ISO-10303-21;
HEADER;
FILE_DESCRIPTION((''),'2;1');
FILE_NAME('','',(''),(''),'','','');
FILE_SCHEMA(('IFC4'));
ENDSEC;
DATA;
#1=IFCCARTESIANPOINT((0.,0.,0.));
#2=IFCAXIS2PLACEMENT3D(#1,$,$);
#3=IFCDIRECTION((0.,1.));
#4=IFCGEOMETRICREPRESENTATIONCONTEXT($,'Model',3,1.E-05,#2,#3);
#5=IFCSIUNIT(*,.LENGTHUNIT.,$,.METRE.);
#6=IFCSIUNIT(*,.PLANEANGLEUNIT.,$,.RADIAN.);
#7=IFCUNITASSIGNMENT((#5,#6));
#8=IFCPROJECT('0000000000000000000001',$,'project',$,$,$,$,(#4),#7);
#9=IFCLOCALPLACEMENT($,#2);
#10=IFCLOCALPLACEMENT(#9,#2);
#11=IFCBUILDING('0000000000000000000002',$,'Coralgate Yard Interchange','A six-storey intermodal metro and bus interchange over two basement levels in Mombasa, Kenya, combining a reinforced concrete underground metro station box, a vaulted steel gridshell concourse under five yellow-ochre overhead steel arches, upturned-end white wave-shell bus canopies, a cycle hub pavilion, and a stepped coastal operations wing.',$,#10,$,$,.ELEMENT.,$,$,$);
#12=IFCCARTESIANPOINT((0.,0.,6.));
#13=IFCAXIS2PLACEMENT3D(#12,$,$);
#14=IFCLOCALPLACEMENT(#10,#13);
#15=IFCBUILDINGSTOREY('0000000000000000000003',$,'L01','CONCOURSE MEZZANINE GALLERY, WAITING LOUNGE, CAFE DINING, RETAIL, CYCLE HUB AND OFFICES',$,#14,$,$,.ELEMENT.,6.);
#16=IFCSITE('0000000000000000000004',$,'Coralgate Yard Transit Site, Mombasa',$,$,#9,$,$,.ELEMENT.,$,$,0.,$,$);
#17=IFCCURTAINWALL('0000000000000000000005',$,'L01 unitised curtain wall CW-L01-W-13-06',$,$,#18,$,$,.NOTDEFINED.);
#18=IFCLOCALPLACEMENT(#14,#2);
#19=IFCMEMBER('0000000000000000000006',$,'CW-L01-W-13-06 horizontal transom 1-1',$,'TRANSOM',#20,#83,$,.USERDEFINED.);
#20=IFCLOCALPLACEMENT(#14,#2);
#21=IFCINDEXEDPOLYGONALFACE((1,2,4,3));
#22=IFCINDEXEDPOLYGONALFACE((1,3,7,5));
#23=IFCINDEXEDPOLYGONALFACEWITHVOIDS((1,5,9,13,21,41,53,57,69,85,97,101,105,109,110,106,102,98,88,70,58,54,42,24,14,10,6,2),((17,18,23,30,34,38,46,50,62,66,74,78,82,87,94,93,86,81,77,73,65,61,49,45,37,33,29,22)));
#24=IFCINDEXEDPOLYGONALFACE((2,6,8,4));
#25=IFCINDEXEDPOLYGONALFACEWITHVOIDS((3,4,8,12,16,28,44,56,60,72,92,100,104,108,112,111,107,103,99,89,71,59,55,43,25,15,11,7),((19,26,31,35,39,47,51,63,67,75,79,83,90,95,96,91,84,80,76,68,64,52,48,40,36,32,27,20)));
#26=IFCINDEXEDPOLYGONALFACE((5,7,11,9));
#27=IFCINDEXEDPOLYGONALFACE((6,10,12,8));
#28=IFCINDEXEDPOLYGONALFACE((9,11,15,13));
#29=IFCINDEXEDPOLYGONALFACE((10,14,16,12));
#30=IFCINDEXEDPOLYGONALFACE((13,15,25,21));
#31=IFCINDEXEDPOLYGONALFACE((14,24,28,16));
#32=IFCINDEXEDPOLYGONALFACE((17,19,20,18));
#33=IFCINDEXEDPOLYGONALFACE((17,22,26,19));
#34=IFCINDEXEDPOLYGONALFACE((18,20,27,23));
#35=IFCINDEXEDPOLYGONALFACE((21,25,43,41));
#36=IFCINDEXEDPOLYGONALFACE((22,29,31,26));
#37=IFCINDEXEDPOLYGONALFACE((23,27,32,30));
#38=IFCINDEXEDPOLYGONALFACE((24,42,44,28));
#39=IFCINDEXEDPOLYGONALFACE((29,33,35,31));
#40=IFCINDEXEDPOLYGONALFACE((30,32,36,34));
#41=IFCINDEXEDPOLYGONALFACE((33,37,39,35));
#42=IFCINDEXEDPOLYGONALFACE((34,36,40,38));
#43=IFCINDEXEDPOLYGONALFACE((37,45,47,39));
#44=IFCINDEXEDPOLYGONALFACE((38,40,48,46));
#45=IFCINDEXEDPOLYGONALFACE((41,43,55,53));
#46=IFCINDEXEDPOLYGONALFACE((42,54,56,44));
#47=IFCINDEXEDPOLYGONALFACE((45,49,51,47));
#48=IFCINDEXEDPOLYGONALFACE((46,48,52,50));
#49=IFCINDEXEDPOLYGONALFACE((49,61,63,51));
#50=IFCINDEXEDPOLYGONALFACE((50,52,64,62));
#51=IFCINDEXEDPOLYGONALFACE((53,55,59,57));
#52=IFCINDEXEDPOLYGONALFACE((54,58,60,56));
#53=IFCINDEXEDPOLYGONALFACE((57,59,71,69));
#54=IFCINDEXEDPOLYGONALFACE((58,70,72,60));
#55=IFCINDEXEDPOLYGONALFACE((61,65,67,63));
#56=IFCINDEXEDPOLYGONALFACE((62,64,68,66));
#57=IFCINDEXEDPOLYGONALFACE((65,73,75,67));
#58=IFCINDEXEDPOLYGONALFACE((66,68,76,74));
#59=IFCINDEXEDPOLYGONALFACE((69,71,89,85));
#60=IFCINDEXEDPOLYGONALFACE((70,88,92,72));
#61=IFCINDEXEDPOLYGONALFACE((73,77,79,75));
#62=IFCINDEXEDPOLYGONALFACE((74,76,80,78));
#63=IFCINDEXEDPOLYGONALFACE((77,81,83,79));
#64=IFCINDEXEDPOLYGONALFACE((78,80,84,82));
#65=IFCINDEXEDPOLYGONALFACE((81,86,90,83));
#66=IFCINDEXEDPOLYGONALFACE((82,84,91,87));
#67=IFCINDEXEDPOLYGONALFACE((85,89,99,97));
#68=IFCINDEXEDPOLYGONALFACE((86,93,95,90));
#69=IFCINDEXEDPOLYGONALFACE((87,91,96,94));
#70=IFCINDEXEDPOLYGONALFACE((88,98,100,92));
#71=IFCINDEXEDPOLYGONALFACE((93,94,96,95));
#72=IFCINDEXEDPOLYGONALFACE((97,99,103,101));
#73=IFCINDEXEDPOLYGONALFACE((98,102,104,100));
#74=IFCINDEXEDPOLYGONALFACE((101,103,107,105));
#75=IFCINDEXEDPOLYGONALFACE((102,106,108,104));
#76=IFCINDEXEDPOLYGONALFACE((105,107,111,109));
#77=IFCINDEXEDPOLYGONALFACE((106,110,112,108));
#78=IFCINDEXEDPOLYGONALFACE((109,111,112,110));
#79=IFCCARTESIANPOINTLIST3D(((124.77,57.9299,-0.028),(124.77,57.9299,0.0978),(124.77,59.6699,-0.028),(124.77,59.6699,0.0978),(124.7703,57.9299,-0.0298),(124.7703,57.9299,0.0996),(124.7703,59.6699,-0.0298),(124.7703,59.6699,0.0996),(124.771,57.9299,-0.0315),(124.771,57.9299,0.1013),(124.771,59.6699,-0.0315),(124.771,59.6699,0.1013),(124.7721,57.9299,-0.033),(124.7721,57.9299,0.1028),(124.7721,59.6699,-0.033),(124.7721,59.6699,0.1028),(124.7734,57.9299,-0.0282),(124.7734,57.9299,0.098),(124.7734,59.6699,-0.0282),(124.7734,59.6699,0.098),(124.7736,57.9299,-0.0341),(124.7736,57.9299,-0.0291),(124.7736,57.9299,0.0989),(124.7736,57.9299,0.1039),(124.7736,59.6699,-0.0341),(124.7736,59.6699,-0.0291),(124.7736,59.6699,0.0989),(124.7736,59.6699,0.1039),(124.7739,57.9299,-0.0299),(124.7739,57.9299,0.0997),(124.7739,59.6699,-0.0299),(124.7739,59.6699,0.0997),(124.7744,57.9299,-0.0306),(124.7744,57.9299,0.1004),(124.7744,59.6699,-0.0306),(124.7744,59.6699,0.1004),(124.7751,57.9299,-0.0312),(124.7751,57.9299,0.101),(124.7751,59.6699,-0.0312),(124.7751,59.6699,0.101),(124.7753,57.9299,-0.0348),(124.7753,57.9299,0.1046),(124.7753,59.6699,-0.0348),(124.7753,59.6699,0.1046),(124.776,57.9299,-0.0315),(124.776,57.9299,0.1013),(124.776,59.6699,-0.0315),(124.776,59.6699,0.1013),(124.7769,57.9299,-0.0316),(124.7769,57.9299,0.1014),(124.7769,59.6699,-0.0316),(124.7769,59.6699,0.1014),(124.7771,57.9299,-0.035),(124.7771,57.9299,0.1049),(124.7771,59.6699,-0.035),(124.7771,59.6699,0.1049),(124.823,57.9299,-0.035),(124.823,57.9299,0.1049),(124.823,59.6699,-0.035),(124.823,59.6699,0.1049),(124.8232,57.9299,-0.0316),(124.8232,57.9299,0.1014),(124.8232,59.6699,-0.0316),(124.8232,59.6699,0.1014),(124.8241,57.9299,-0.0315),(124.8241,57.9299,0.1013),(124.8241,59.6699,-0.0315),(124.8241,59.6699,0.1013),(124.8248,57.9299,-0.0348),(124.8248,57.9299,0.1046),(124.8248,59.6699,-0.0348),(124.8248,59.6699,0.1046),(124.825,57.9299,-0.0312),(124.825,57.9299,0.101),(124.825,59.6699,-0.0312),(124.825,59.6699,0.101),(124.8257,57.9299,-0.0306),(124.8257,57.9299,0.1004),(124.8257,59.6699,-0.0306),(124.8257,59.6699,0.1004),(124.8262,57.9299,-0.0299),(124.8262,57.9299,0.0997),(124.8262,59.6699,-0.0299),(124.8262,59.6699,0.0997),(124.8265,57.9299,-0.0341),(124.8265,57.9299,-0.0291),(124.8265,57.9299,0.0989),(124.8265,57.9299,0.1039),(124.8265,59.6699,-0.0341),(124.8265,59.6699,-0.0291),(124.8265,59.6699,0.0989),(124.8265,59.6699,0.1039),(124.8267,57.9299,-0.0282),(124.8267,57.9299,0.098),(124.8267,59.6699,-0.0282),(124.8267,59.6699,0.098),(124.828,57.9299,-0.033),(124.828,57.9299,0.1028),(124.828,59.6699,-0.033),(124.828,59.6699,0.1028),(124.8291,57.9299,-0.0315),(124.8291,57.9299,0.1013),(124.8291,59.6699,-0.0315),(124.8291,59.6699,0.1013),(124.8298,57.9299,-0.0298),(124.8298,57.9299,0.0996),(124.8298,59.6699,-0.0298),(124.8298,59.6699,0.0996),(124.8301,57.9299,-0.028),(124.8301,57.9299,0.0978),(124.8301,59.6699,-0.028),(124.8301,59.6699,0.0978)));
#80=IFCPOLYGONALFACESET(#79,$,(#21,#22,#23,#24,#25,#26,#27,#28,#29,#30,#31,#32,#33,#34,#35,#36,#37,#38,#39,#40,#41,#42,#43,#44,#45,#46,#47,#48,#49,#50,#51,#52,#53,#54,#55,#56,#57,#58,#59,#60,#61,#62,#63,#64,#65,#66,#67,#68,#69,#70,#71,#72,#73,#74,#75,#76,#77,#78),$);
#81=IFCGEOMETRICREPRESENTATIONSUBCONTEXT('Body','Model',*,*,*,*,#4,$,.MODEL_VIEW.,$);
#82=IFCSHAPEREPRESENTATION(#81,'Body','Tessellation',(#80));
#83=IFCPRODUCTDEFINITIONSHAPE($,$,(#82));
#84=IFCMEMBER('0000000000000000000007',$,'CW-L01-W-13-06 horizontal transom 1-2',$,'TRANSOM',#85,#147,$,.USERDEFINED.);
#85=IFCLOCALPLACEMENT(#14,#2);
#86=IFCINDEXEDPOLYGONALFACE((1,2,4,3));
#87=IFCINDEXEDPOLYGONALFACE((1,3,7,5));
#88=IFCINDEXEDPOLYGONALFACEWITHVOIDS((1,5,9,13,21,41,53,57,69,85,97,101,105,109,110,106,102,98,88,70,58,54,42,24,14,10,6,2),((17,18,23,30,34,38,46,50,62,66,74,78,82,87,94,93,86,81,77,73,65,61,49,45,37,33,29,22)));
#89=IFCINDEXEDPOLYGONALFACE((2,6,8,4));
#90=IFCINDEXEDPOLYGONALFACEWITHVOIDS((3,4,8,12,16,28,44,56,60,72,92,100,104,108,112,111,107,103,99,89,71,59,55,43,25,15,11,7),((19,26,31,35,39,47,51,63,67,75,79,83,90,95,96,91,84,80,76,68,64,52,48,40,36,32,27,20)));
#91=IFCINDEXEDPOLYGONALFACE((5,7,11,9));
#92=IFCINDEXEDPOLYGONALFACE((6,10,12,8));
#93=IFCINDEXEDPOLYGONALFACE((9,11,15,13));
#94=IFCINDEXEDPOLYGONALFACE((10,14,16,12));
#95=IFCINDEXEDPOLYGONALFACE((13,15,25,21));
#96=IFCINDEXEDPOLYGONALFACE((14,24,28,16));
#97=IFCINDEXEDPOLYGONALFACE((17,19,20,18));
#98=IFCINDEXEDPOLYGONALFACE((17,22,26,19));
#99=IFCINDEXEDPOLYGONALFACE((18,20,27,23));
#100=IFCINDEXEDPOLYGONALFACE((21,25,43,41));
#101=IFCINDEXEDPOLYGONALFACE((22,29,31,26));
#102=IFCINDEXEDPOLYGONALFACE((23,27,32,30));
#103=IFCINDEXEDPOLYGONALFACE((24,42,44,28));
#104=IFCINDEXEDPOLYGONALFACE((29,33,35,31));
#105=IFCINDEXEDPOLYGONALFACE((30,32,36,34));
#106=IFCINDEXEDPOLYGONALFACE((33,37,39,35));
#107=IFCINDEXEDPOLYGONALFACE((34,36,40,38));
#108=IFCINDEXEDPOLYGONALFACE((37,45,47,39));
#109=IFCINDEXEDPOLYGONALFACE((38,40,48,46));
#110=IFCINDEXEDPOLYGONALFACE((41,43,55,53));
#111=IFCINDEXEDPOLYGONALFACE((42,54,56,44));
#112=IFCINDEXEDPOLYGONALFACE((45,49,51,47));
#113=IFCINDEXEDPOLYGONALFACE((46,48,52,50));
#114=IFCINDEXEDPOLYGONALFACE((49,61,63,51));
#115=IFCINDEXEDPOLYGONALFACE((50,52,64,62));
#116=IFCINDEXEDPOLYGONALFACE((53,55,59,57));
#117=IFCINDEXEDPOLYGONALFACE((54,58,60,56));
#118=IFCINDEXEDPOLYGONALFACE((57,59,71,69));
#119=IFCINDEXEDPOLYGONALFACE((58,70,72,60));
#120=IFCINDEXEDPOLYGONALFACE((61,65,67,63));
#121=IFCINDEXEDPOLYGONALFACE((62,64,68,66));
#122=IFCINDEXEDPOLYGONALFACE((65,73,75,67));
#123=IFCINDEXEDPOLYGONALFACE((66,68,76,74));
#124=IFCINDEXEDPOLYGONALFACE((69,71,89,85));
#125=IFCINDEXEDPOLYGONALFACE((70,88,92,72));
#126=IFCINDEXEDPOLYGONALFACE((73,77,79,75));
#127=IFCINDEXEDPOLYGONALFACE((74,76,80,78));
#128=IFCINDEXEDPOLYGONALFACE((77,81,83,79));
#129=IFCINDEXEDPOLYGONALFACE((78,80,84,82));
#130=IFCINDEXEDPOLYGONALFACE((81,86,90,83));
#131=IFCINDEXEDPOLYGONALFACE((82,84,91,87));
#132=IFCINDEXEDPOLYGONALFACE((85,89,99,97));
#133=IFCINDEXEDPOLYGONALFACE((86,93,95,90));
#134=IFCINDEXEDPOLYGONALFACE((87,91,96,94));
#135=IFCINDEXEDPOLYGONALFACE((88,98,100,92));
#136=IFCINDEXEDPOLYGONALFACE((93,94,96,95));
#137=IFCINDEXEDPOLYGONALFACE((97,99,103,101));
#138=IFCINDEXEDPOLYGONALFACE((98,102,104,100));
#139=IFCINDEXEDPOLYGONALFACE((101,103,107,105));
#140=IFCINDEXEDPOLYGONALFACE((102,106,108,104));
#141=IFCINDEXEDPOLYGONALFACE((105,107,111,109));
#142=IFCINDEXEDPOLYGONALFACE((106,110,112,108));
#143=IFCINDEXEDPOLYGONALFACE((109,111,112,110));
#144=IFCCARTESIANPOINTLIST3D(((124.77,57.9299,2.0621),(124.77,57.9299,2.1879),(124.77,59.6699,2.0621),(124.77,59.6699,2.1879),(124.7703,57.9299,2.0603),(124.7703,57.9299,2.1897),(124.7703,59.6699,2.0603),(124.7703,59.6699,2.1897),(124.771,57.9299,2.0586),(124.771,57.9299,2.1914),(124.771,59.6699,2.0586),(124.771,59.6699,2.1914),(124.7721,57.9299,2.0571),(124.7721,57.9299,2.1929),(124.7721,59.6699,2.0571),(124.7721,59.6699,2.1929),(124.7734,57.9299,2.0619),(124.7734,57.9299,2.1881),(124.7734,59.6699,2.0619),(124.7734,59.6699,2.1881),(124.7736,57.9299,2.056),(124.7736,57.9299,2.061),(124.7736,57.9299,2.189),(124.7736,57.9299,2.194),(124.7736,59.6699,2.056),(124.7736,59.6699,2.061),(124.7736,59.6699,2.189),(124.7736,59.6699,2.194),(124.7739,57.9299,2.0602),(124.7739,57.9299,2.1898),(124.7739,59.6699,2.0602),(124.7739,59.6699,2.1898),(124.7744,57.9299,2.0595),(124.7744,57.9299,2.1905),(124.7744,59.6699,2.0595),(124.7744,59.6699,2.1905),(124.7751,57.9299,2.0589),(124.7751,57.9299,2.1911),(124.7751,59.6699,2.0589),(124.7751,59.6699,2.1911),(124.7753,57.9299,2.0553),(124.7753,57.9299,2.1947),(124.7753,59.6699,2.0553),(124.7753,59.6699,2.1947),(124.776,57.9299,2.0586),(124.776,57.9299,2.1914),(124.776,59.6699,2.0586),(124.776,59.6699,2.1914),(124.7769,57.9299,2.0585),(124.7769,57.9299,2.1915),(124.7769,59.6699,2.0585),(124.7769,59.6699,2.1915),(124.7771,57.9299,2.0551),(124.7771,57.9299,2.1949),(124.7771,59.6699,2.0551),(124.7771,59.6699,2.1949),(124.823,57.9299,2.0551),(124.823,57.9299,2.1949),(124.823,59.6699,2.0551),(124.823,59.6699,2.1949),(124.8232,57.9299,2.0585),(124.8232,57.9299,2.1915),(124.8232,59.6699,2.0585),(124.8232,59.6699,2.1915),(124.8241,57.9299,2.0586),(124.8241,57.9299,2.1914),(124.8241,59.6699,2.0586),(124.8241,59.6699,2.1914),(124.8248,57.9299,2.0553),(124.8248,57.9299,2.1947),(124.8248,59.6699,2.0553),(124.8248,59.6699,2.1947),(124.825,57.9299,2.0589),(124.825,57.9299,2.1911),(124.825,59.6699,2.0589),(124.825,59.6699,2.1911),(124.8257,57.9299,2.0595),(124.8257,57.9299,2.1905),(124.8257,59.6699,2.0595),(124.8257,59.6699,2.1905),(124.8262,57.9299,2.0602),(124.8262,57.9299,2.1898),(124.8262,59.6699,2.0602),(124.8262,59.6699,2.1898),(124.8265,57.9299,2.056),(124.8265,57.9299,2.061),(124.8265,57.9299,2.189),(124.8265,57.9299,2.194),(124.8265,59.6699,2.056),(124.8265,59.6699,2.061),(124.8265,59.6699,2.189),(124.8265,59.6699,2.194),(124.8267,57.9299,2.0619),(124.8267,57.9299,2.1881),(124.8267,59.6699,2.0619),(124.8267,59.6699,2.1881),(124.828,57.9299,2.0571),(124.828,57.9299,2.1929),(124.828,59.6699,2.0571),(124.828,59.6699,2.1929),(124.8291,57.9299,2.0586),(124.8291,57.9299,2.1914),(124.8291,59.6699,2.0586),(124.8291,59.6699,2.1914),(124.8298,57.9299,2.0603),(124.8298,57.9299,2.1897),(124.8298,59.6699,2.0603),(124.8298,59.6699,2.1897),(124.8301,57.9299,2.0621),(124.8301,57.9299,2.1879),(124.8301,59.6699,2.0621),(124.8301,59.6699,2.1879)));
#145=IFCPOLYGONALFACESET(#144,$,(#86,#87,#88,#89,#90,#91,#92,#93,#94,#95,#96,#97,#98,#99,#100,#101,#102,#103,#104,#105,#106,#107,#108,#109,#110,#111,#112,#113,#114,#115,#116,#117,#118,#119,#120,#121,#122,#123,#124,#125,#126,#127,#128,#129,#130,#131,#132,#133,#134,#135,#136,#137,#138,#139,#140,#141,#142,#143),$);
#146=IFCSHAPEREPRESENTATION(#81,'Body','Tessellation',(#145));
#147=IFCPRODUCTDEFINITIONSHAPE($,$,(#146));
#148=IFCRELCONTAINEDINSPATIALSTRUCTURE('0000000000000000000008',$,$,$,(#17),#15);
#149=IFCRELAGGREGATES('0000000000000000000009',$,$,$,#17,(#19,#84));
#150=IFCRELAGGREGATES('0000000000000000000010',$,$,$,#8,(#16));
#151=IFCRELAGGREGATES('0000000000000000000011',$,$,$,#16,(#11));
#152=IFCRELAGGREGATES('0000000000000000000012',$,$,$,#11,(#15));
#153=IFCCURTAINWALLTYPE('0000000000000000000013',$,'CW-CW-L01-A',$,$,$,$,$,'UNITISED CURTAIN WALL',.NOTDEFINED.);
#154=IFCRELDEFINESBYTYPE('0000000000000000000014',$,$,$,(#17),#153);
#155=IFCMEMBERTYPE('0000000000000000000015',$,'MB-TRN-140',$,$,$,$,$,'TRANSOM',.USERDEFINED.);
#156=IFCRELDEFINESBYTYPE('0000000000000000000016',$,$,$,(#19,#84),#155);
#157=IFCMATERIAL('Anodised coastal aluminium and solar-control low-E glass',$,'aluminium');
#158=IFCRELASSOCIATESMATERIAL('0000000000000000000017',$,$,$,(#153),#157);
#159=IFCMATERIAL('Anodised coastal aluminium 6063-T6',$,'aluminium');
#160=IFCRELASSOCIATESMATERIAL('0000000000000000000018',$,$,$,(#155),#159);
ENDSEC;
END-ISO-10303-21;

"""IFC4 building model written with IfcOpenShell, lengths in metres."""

from ifc_helpers import new_model, si_unit, direction, frame, origin, origin_2d, place, context, subcontext, project, spatial, hollow_rectangle, extrude, material, material_profile, profile_set, type_object, element, aggregate, save


model = new_model("IFC4")

# Units and contexts
model_context = context("Model", 3, precision=1e-05, world=origin(), true_north=direction((0.0, 1.0)))
body_context = subcontext(model_context, "Body", "Model", "MODEL_VIEW")
ifc_project = project(units=[si_unit("LENGTHUNIT", "METRE"), si_unit("PLANEANGLEUNIT", "RADIAN")], contexts=[model_context])

# Site, building, storey
site_placement = place(None, origin())
site = spatial("IfcSite", under=ifc_project, at=site_placement, Name="Coralgate Yard Transit Site, Mombasa", CompositionType="ELEMENT", RefElevation=0.0)
building_placement = place(site_placement, origin())
building = spatial("IfcBuilding", under=site, at=building_placement, Name="Coralgate Yard Interchange", Description="A six-storey intermodal metro and bus interchange over two basement levels in Mombasa, Kenya, combining a reinforced concrete underground metro station box, a vaulted steel gridshell concourse under five yellow-ochre overhead steel arches, upturned-end white wave-shell bus canopies, a cycle hub pavilion, and a stepped coastal operations wing.", CompositionType="ELEMENT")
storey_placement = place(building_placement, frame((0.0, 0.0, 6.0)))
storey = spatial("IfcBuildingStorey", under=building, at=storey_placement, Name="L01", Description="CONCOURSE MEZZANINE GALLERY, WAITING LOUNGE, CAFE DINING, RETAIL, CYCLE HUB AND OFFICES", CompositionType="ELEMENT", Elevation=6.0)

# Curtain wall
ifc_material_1 = material(Name="Anodised coastal aluminium and solar-control low-E glass", Category="aluminium")
curtain_wall_type = type_object("IfcCurtainWallType", Name="CW-CW-L01-A", ElementType="UNITISED CURTAIN WALL", PredefinedType="NOTDEFINED", material=ifc_material_1)
ifc_material_2 = material(Name="Anodised coastal aluminium 6063-T6", Category="aluminium")
curtain_wall_1_placement = place(storey_placement, origin())
curtain_wall_1 = element("IfcCurtainWall", 1, at=curtain_wall_1_placement, inside=storey, type_object=curtain_wall_type, Name="L01 unitised curtain wall CW-L01-W-13-06", PredefinedType="NOTDEFINED")

# Members
ifc_material_profile_1 = material_profile(ifc_material_2, hollow_rectangle(XDim=0.0601, YDim=0.1399, WallThickness=0.0034, InnerFilletRadius=0.0034, OuterFilletRadius=0.0071, at=origin_2d()), Name="ALU 60x140x3.5")
ifc_profile_set_1 = profile_set([ifc_material_profile_1], Name="Anodised coastal aluminium 6063-T6")
member_type_1 = type_object("IfcMemberType", Name="MB-TRN-140", ElementType="TRANSOM", PredefinedType="USERDEFINED", material=ifc_profile_set_1)
member_1_placement = place(storey_placement, frame((124.8, 57.9299, 0.0349), z_axis=(0.0, 1.0, 0.0), x_axis=(-1.0, 0.0, 0.0)))
member_1 = element("IfcMember", 2, at=member_1_placement, type_object=member_type_1, Name="CW-L01-W-13-06 horizontal transom 1-1", ObjectType="TRANSOM", PredefinedType="USERDEFINED", context=body_context, shape_type="SweptSolid", body=[
    extrude(hollow_rectangle(XDim=0.0601, YDim=0.1399, WallThickness=0.0034, InnerFilletRadius=0.0034, OuterFilletRadius=0.0071, at=origin_2d()), origin(), (0.0, 0.0, 1.0), 1.74),
])
member_2_placement = place(storey_placement, frame((124.8, 57.9299, 2.125), z_axis=(0.0, 1.0, 0.0), x_axis=(-1.0, 0.0, 0.0)))
member_2 = element("IfcMember", 3, at=member_2_placement, type_object=member_type_1, Name="CW-L01-W-13-06 horizontal transom 1-2", ObjectType="TRANSOM", PredefinedType="USERDEFINED", context=body_context, shape_type="SweptSolid", body=[
    extrude(hollow_rectangle(XDim=0.0601, YDim=0.1399, WallThickness=0.0034, InnerFilletRadius=0.0034, OuterFilletRadius=0.0071, at=origin_2d()), origin(), (0.0, 0.0, 1.0), 1.74),
])

aggregate(curtain_wall_1, [member_1, member_2])

save(model, "model.ifc")
